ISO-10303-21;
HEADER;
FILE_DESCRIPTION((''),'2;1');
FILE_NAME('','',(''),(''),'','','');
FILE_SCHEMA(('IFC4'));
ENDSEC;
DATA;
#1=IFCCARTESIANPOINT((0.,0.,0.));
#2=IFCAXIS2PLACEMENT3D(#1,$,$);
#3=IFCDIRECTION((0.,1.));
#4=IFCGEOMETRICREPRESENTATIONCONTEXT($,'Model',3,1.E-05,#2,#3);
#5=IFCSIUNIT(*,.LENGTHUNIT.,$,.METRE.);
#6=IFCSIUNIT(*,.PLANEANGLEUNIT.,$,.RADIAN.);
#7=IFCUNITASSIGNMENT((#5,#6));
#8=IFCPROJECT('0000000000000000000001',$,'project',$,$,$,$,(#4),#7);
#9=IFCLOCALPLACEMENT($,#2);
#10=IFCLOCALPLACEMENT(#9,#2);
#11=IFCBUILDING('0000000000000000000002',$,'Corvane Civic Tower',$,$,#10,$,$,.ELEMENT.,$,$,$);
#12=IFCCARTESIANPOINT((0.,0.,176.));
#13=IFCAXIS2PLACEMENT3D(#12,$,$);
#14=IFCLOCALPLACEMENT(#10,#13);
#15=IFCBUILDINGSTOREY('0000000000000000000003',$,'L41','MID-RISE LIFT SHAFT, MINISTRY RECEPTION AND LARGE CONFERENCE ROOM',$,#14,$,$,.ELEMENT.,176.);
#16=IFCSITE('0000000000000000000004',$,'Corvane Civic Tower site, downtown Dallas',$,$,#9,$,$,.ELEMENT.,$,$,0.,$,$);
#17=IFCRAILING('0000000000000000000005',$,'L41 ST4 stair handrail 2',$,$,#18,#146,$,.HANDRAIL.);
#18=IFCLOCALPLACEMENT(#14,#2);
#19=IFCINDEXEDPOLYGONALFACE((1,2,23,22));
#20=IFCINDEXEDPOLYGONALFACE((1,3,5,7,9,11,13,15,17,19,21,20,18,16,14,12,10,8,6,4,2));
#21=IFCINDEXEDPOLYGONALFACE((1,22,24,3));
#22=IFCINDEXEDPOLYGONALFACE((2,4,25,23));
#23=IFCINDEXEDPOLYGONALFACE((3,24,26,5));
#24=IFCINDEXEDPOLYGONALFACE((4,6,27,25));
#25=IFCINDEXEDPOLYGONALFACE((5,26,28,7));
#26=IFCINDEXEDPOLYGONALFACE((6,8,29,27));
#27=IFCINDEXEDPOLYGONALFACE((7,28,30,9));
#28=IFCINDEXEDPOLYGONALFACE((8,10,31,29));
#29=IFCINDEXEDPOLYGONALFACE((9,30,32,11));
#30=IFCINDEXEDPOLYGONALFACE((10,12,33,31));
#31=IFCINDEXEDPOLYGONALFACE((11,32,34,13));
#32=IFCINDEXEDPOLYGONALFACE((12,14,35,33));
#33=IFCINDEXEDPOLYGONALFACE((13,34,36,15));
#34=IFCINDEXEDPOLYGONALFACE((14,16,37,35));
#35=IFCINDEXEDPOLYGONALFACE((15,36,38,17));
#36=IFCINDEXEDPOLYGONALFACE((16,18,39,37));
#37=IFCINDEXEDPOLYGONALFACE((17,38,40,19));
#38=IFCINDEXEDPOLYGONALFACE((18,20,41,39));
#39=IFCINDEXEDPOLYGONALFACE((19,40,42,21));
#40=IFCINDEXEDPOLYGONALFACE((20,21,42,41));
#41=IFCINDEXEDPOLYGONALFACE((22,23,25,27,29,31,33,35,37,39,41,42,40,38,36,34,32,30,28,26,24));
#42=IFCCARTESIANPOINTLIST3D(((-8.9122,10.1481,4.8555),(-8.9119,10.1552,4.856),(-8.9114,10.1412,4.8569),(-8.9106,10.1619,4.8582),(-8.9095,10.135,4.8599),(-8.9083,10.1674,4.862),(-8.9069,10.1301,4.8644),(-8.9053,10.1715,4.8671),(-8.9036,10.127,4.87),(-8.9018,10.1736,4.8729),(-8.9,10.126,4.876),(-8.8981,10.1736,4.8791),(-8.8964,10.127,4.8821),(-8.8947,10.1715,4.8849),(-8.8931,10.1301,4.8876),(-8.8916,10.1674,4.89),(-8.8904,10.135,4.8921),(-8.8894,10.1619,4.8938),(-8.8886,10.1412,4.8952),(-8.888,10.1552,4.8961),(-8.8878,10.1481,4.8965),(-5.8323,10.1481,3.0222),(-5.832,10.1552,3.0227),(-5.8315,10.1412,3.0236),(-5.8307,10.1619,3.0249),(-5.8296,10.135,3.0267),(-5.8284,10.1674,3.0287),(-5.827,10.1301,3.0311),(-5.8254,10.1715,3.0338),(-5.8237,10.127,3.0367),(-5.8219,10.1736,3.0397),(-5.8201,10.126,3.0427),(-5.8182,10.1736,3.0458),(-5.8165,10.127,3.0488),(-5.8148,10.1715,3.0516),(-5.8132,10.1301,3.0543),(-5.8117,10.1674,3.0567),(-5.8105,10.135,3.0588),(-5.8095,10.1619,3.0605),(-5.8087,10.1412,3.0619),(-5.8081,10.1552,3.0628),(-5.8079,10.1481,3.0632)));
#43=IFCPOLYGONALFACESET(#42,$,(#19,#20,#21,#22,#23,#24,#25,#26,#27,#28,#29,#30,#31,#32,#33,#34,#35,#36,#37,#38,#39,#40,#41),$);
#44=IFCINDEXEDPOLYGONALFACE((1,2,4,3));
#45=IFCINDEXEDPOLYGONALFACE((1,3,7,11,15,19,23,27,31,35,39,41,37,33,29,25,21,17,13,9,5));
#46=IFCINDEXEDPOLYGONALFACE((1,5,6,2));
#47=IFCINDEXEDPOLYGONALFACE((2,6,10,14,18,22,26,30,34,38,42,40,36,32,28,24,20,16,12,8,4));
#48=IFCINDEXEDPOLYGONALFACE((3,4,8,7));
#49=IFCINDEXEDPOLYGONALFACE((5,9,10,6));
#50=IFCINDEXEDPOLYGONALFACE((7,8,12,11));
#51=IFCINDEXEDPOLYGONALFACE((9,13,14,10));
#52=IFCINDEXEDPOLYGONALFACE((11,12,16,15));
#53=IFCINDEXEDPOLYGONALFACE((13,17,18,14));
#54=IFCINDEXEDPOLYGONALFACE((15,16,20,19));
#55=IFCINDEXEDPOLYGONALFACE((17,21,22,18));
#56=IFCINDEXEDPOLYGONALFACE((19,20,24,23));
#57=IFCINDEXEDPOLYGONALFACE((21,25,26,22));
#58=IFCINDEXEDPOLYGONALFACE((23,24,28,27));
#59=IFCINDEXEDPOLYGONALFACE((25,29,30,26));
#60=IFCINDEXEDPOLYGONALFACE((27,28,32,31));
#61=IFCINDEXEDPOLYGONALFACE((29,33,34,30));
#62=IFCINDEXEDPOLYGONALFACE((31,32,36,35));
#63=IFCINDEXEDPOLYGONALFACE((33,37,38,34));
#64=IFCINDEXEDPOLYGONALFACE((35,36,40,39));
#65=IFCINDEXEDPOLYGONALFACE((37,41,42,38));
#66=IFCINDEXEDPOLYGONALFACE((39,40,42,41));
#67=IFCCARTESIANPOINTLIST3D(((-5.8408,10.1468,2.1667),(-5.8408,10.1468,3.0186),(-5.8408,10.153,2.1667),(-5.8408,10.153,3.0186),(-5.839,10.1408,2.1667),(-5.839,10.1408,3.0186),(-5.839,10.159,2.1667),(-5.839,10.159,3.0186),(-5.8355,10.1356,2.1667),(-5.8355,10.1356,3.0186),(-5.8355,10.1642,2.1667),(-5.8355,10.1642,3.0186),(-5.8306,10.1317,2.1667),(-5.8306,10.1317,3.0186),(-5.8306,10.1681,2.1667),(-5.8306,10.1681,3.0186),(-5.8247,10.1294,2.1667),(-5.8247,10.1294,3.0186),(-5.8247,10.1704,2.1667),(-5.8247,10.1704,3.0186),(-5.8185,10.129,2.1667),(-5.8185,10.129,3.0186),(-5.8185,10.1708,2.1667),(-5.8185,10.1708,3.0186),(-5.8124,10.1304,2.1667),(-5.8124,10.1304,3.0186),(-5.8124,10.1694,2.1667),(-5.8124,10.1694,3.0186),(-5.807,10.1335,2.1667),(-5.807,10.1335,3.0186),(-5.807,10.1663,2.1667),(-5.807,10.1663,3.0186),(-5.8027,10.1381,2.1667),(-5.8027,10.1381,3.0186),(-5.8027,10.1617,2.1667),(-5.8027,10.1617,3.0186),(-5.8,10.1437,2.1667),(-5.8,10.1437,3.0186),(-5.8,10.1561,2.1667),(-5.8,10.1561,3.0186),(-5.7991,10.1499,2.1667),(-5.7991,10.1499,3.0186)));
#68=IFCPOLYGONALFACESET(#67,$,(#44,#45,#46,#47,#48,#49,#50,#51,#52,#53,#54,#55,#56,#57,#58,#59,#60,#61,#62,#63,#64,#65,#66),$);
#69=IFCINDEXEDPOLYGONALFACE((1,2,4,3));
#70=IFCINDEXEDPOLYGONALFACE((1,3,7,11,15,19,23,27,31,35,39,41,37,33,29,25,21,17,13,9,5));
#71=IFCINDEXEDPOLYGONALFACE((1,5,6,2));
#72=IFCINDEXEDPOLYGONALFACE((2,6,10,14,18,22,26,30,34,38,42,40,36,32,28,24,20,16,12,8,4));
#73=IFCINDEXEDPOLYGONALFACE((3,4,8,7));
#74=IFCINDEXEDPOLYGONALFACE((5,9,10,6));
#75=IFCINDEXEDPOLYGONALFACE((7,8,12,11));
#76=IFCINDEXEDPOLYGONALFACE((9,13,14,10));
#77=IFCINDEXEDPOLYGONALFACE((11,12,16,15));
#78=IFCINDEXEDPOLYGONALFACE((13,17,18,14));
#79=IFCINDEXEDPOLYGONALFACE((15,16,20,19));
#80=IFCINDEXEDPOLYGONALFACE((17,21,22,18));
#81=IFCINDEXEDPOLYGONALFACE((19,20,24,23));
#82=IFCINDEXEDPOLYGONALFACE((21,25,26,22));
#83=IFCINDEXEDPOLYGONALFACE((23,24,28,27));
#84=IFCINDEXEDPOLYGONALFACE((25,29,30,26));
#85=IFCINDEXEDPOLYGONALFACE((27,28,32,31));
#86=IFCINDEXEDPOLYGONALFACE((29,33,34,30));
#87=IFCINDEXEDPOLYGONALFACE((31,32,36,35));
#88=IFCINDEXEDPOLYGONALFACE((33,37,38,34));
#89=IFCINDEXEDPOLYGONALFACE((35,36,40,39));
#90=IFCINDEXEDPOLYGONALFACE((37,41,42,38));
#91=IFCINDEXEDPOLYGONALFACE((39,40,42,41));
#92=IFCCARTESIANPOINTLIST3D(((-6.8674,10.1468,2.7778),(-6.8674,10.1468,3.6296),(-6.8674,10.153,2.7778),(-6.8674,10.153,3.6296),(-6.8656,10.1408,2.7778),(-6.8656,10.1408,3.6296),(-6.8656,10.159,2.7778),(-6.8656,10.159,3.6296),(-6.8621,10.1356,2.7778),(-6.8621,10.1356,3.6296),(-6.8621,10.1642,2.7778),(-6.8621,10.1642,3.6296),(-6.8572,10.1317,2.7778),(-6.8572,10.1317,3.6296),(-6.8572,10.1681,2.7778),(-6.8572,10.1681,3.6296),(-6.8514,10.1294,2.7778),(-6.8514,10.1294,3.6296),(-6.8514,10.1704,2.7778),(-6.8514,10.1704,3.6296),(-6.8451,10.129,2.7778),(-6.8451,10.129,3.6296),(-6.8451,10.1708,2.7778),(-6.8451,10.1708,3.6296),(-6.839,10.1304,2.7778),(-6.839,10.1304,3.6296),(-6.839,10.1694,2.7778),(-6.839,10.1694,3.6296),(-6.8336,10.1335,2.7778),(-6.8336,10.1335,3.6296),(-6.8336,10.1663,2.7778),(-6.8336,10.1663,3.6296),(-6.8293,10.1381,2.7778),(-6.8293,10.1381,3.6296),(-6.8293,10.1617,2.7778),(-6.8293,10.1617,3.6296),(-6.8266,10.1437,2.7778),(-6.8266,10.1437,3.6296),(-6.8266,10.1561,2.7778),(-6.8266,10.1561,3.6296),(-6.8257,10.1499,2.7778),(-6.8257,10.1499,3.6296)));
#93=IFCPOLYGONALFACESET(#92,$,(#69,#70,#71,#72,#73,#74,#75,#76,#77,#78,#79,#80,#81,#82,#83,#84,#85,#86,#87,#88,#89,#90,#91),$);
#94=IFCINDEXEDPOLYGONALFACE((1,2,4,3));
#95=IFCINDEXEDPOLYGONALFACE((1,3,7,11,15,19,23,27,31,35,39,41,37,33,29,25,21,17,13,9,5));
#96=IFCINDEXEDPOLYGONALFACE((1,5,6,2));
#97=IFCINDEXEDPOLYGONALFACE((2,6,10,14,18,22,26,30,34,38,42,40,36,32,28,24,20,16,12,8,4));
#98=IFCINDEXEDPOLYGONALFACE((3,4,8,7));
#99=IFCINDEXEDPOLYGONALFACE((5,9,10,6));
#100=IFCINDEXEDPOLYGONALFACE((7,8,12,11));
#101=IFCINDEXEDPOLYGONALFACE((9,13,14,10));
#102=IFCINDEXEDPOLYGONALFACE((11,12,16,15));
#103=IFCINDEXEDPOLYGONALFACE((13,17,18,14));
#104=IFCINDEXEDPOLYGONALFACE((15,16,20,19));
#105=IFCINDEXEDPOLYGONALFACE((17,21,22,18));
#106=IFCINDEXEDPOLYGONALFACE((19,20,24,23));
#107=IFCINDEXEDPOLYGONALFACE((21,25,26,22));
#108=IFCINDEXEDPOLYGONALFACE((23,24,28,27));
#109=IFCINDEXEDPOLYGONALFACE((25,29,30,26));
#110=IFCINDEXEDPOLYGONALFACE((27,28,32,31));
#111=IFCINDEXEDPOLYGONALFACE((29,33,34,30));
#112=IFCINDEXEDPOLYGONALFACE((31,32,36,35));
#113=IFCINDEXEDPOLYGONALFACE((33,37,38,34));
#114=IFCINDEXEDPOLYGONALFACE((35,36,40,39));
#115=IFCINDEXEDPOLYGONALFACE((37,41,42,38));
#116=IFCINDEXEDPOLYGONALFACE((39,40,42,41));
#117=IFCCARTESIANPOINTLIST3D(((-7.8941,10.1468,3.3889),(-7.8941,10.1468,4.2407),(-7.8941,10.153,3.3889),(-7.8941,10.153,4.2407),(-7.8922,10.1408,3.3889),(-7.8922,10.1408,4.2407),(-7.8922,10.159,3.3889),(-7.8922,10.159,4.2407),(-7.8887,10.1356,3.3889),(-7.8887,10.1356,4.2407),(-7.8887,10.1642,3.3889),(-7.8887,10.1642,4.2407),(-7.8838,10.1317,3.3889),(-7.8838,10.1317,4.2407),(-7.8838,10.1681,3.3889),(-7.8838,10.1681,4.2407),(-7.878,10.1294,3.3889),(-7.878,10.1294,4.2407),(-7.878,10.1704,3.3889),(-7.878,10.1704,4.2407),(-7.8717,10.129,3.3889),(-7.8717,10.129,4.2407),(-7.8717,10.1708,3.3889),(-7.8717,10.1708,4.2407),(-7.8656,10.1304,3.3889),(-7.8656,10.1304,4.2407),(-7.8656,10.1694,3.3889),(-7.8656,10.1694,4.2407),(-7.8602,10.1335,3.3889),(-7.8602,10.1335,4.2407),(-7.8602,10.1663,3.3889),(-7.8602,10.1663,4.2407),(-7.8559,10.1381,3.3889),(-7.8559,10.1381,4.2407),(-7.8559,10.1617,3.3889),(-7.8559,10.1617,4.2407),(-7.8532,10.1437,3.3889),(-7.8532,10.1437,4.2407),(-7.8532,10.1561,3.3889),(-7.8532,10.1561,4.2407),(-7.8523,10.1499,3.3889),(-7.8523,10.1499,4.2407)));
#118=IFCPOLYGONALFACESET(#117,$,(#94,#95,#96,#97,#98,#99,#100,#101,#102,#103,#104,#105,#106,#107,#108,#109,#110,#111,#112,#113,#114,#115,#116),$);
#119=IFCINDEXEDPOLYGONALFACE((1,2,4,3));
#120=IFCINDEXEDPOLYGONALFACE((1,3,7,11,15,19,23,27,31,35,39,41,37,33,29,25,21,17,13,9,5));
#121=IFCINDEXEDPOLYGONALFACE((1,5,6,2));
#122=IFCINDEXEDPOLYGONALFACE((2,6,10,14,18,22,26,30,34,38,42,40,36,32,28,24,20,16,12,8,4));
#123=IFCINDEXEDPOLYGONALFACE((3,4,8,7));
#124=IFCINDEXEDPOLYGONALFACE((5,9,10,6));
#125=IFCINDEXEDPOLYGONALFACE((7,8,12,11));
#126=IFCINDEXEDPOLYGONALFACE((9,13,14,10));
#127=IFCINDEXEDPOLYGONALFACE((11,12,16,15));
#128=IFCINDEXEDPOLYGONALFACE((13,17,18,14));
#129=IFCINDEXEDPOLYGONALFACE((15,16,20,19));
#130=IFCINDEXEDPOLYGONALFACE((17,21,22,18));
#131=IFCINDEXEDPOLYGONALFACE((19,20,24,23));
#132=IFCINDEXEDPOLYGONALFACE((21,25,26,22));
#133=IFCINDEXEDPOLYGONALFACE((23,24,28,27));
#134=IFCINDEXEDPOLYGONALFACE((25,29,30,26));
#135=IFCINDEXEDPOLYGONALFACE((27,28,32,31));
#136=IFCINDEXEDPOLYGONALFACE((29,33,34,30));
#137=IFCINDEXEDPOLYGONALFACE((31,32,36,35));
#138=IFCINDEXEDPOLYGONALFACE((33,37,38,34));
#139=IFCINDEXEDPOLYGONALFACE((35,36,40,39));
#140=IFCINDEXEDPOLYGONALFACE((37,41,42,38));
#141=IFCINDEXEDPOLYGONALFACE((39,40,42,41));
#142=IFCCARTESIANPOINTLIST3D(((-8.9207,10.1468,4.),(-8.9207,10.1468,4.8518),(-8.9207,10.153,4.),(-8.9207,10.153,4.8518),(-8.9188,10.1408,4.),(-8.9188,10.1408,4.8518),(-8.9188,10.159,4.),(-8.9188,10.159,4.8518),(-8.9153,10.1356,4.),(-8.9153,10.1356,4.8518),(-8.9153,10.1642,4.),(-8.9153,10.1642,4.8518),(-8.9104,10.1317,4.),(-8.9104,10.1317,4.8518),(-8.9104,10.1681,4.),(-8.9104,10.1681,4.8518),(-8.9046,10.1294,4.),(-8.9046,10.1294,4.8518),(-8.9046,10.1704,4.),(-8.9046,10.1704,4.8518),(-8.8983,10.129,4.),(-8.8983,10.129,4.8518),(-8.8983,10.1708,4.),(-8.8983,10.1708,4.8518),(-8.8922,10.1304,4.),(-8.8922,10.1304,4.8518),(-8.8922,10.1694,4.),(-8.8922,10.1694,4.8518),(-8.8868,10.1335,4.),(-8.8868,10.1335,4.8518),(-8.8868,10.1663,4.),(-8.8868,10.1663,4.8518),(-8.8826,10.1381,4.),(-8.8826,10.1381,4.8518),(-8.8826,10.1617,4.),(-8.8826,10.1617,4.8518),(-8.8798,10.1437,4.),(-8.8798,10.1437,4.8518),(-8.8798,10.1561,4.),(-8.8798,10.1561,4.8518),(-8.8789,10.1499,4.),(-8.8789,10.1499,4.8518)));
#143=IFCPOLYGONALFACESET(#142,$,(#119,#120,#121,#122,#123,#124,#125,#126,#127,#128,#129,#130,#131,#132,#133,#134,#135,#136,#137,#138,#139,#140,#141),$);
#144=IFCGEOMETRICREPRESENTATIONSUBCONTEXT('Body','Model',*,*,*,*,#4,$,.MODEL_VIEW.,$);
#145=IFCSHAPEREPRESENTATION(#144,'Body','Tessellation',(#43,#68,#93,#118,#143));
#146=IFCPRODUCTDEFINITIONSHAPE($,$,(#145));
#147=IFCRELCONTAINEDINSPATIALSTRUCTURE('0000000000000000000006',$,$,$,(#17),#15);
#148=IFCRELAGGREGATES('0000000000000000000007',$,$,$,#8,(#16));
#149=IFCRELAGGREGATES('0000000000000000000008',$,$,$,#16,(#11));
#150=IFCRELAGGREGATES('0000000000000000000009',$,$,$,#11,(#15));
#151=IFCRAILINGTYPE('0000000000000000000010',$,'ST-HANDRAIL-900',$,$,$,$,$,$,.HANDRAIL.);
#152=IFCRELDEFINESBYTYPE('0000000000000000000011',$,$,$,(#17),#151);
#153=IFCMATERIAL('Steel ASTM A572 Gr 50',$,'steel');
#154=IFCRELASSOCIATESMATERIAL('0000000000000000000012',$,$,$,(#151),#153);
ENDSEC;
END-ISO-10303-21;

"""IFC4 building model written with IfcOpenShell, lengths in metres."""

from ifc_helpers import new_model, si_unit, direction, frame, origin, origin_2d, place, context, subcontext, project, spatial, circle, extrude, material, type_object, element, save


model = new_model("IFC4")

# Units and contexts
model_context = context("Model", 3, precision=1e-05, world=origin(), true_north=direction((0.0, 1.0)))
body_context = subcontext(model_context, "Body", "Model", "MODEL_VIEW")
ifc_project = project(units=[si_unit("LENGTHUNIT", "METRE"), si_unit("PLANEANGLEUNIT", "RADIAN")], contexts=[model_context])

# Site, building, storey
site_placement = place(None, origin())
site = spatial("IfcSite", under=ifc_project, at=site_placement, Name="Corvane Civic Tower site, downtown Dallas", CompositionType="ELEMENT", RefElevation=0.0)
building_placement = place(site_placement, origin())
building = spatial("IfcBuilding", under=site, at=building_placement, Name="Corvane Civic Tower", CompositionType="ELEMENT")
storey_placement = place(building_placement, frame((0.0, 0.0, 176.0)))
storey = spatial("IfcBuildingStorey", under=building, at=storey_placement, Name="L41", Description="MID-RISE LIFT SHAFT, MINISTRY RECEPTION AND LARGE CONFERENCE ROOM", CompositionType="ELEMENT", Elevation=176.0)

# Railing
ifc_material_1 = material(Name="Steel ASTM A572 Gr 50", Category="steel")
railing_type = type_object("IfcRailingType", Name="ST-HANDRAIL-900", PredefinedType="HANDRAIL", material=ifc_material_1)
railing_placement = place(storey_placement, frame((-5.8201, 10.1499, 2.1667)))
element("IfcRailing", 1, at=railing_placement, inside=storey, type_object=railing_type, Name="L41 ST4 stair handrail 2", PredefinedType="HANDRAIL", context=body_context, shape_type="SweptSolid", body=[
    extrude(circle(Radius=0.0239, at=origin_2d()), frame((0.0, 0.0, 0.876), z_axis=(-0.859291, 0.0, 0.511487), x_axis=(0.0, -1.0, 0.0)), (0.0, 0.0, 1.0), 3.5842),
    extrude(circle(Radius=0.021, at=origin_2d()), origin(), (0.0, 0.0, 1.0), 0.8518),
    extrude(circle(Radius=0.021, at=origin_2d()), frame((-1.0266, 0.0, 0.6111)), (0.0, 0.0, 1.0), 0.8518),
    extrude(circle(Radius=0.021, at=origin_2d()), frame((-2.0532, 0.0, 1.2222)), (0.0, 0.0, 1.0), 0.8518),
    extrude(circle(Radius=0.021, at=origin_2d()), frame((-3.0798, 0.0, 1.8333)), (0.0, 0.0, 1.0), 0.8518),
])

save(model, "model.ifc")
